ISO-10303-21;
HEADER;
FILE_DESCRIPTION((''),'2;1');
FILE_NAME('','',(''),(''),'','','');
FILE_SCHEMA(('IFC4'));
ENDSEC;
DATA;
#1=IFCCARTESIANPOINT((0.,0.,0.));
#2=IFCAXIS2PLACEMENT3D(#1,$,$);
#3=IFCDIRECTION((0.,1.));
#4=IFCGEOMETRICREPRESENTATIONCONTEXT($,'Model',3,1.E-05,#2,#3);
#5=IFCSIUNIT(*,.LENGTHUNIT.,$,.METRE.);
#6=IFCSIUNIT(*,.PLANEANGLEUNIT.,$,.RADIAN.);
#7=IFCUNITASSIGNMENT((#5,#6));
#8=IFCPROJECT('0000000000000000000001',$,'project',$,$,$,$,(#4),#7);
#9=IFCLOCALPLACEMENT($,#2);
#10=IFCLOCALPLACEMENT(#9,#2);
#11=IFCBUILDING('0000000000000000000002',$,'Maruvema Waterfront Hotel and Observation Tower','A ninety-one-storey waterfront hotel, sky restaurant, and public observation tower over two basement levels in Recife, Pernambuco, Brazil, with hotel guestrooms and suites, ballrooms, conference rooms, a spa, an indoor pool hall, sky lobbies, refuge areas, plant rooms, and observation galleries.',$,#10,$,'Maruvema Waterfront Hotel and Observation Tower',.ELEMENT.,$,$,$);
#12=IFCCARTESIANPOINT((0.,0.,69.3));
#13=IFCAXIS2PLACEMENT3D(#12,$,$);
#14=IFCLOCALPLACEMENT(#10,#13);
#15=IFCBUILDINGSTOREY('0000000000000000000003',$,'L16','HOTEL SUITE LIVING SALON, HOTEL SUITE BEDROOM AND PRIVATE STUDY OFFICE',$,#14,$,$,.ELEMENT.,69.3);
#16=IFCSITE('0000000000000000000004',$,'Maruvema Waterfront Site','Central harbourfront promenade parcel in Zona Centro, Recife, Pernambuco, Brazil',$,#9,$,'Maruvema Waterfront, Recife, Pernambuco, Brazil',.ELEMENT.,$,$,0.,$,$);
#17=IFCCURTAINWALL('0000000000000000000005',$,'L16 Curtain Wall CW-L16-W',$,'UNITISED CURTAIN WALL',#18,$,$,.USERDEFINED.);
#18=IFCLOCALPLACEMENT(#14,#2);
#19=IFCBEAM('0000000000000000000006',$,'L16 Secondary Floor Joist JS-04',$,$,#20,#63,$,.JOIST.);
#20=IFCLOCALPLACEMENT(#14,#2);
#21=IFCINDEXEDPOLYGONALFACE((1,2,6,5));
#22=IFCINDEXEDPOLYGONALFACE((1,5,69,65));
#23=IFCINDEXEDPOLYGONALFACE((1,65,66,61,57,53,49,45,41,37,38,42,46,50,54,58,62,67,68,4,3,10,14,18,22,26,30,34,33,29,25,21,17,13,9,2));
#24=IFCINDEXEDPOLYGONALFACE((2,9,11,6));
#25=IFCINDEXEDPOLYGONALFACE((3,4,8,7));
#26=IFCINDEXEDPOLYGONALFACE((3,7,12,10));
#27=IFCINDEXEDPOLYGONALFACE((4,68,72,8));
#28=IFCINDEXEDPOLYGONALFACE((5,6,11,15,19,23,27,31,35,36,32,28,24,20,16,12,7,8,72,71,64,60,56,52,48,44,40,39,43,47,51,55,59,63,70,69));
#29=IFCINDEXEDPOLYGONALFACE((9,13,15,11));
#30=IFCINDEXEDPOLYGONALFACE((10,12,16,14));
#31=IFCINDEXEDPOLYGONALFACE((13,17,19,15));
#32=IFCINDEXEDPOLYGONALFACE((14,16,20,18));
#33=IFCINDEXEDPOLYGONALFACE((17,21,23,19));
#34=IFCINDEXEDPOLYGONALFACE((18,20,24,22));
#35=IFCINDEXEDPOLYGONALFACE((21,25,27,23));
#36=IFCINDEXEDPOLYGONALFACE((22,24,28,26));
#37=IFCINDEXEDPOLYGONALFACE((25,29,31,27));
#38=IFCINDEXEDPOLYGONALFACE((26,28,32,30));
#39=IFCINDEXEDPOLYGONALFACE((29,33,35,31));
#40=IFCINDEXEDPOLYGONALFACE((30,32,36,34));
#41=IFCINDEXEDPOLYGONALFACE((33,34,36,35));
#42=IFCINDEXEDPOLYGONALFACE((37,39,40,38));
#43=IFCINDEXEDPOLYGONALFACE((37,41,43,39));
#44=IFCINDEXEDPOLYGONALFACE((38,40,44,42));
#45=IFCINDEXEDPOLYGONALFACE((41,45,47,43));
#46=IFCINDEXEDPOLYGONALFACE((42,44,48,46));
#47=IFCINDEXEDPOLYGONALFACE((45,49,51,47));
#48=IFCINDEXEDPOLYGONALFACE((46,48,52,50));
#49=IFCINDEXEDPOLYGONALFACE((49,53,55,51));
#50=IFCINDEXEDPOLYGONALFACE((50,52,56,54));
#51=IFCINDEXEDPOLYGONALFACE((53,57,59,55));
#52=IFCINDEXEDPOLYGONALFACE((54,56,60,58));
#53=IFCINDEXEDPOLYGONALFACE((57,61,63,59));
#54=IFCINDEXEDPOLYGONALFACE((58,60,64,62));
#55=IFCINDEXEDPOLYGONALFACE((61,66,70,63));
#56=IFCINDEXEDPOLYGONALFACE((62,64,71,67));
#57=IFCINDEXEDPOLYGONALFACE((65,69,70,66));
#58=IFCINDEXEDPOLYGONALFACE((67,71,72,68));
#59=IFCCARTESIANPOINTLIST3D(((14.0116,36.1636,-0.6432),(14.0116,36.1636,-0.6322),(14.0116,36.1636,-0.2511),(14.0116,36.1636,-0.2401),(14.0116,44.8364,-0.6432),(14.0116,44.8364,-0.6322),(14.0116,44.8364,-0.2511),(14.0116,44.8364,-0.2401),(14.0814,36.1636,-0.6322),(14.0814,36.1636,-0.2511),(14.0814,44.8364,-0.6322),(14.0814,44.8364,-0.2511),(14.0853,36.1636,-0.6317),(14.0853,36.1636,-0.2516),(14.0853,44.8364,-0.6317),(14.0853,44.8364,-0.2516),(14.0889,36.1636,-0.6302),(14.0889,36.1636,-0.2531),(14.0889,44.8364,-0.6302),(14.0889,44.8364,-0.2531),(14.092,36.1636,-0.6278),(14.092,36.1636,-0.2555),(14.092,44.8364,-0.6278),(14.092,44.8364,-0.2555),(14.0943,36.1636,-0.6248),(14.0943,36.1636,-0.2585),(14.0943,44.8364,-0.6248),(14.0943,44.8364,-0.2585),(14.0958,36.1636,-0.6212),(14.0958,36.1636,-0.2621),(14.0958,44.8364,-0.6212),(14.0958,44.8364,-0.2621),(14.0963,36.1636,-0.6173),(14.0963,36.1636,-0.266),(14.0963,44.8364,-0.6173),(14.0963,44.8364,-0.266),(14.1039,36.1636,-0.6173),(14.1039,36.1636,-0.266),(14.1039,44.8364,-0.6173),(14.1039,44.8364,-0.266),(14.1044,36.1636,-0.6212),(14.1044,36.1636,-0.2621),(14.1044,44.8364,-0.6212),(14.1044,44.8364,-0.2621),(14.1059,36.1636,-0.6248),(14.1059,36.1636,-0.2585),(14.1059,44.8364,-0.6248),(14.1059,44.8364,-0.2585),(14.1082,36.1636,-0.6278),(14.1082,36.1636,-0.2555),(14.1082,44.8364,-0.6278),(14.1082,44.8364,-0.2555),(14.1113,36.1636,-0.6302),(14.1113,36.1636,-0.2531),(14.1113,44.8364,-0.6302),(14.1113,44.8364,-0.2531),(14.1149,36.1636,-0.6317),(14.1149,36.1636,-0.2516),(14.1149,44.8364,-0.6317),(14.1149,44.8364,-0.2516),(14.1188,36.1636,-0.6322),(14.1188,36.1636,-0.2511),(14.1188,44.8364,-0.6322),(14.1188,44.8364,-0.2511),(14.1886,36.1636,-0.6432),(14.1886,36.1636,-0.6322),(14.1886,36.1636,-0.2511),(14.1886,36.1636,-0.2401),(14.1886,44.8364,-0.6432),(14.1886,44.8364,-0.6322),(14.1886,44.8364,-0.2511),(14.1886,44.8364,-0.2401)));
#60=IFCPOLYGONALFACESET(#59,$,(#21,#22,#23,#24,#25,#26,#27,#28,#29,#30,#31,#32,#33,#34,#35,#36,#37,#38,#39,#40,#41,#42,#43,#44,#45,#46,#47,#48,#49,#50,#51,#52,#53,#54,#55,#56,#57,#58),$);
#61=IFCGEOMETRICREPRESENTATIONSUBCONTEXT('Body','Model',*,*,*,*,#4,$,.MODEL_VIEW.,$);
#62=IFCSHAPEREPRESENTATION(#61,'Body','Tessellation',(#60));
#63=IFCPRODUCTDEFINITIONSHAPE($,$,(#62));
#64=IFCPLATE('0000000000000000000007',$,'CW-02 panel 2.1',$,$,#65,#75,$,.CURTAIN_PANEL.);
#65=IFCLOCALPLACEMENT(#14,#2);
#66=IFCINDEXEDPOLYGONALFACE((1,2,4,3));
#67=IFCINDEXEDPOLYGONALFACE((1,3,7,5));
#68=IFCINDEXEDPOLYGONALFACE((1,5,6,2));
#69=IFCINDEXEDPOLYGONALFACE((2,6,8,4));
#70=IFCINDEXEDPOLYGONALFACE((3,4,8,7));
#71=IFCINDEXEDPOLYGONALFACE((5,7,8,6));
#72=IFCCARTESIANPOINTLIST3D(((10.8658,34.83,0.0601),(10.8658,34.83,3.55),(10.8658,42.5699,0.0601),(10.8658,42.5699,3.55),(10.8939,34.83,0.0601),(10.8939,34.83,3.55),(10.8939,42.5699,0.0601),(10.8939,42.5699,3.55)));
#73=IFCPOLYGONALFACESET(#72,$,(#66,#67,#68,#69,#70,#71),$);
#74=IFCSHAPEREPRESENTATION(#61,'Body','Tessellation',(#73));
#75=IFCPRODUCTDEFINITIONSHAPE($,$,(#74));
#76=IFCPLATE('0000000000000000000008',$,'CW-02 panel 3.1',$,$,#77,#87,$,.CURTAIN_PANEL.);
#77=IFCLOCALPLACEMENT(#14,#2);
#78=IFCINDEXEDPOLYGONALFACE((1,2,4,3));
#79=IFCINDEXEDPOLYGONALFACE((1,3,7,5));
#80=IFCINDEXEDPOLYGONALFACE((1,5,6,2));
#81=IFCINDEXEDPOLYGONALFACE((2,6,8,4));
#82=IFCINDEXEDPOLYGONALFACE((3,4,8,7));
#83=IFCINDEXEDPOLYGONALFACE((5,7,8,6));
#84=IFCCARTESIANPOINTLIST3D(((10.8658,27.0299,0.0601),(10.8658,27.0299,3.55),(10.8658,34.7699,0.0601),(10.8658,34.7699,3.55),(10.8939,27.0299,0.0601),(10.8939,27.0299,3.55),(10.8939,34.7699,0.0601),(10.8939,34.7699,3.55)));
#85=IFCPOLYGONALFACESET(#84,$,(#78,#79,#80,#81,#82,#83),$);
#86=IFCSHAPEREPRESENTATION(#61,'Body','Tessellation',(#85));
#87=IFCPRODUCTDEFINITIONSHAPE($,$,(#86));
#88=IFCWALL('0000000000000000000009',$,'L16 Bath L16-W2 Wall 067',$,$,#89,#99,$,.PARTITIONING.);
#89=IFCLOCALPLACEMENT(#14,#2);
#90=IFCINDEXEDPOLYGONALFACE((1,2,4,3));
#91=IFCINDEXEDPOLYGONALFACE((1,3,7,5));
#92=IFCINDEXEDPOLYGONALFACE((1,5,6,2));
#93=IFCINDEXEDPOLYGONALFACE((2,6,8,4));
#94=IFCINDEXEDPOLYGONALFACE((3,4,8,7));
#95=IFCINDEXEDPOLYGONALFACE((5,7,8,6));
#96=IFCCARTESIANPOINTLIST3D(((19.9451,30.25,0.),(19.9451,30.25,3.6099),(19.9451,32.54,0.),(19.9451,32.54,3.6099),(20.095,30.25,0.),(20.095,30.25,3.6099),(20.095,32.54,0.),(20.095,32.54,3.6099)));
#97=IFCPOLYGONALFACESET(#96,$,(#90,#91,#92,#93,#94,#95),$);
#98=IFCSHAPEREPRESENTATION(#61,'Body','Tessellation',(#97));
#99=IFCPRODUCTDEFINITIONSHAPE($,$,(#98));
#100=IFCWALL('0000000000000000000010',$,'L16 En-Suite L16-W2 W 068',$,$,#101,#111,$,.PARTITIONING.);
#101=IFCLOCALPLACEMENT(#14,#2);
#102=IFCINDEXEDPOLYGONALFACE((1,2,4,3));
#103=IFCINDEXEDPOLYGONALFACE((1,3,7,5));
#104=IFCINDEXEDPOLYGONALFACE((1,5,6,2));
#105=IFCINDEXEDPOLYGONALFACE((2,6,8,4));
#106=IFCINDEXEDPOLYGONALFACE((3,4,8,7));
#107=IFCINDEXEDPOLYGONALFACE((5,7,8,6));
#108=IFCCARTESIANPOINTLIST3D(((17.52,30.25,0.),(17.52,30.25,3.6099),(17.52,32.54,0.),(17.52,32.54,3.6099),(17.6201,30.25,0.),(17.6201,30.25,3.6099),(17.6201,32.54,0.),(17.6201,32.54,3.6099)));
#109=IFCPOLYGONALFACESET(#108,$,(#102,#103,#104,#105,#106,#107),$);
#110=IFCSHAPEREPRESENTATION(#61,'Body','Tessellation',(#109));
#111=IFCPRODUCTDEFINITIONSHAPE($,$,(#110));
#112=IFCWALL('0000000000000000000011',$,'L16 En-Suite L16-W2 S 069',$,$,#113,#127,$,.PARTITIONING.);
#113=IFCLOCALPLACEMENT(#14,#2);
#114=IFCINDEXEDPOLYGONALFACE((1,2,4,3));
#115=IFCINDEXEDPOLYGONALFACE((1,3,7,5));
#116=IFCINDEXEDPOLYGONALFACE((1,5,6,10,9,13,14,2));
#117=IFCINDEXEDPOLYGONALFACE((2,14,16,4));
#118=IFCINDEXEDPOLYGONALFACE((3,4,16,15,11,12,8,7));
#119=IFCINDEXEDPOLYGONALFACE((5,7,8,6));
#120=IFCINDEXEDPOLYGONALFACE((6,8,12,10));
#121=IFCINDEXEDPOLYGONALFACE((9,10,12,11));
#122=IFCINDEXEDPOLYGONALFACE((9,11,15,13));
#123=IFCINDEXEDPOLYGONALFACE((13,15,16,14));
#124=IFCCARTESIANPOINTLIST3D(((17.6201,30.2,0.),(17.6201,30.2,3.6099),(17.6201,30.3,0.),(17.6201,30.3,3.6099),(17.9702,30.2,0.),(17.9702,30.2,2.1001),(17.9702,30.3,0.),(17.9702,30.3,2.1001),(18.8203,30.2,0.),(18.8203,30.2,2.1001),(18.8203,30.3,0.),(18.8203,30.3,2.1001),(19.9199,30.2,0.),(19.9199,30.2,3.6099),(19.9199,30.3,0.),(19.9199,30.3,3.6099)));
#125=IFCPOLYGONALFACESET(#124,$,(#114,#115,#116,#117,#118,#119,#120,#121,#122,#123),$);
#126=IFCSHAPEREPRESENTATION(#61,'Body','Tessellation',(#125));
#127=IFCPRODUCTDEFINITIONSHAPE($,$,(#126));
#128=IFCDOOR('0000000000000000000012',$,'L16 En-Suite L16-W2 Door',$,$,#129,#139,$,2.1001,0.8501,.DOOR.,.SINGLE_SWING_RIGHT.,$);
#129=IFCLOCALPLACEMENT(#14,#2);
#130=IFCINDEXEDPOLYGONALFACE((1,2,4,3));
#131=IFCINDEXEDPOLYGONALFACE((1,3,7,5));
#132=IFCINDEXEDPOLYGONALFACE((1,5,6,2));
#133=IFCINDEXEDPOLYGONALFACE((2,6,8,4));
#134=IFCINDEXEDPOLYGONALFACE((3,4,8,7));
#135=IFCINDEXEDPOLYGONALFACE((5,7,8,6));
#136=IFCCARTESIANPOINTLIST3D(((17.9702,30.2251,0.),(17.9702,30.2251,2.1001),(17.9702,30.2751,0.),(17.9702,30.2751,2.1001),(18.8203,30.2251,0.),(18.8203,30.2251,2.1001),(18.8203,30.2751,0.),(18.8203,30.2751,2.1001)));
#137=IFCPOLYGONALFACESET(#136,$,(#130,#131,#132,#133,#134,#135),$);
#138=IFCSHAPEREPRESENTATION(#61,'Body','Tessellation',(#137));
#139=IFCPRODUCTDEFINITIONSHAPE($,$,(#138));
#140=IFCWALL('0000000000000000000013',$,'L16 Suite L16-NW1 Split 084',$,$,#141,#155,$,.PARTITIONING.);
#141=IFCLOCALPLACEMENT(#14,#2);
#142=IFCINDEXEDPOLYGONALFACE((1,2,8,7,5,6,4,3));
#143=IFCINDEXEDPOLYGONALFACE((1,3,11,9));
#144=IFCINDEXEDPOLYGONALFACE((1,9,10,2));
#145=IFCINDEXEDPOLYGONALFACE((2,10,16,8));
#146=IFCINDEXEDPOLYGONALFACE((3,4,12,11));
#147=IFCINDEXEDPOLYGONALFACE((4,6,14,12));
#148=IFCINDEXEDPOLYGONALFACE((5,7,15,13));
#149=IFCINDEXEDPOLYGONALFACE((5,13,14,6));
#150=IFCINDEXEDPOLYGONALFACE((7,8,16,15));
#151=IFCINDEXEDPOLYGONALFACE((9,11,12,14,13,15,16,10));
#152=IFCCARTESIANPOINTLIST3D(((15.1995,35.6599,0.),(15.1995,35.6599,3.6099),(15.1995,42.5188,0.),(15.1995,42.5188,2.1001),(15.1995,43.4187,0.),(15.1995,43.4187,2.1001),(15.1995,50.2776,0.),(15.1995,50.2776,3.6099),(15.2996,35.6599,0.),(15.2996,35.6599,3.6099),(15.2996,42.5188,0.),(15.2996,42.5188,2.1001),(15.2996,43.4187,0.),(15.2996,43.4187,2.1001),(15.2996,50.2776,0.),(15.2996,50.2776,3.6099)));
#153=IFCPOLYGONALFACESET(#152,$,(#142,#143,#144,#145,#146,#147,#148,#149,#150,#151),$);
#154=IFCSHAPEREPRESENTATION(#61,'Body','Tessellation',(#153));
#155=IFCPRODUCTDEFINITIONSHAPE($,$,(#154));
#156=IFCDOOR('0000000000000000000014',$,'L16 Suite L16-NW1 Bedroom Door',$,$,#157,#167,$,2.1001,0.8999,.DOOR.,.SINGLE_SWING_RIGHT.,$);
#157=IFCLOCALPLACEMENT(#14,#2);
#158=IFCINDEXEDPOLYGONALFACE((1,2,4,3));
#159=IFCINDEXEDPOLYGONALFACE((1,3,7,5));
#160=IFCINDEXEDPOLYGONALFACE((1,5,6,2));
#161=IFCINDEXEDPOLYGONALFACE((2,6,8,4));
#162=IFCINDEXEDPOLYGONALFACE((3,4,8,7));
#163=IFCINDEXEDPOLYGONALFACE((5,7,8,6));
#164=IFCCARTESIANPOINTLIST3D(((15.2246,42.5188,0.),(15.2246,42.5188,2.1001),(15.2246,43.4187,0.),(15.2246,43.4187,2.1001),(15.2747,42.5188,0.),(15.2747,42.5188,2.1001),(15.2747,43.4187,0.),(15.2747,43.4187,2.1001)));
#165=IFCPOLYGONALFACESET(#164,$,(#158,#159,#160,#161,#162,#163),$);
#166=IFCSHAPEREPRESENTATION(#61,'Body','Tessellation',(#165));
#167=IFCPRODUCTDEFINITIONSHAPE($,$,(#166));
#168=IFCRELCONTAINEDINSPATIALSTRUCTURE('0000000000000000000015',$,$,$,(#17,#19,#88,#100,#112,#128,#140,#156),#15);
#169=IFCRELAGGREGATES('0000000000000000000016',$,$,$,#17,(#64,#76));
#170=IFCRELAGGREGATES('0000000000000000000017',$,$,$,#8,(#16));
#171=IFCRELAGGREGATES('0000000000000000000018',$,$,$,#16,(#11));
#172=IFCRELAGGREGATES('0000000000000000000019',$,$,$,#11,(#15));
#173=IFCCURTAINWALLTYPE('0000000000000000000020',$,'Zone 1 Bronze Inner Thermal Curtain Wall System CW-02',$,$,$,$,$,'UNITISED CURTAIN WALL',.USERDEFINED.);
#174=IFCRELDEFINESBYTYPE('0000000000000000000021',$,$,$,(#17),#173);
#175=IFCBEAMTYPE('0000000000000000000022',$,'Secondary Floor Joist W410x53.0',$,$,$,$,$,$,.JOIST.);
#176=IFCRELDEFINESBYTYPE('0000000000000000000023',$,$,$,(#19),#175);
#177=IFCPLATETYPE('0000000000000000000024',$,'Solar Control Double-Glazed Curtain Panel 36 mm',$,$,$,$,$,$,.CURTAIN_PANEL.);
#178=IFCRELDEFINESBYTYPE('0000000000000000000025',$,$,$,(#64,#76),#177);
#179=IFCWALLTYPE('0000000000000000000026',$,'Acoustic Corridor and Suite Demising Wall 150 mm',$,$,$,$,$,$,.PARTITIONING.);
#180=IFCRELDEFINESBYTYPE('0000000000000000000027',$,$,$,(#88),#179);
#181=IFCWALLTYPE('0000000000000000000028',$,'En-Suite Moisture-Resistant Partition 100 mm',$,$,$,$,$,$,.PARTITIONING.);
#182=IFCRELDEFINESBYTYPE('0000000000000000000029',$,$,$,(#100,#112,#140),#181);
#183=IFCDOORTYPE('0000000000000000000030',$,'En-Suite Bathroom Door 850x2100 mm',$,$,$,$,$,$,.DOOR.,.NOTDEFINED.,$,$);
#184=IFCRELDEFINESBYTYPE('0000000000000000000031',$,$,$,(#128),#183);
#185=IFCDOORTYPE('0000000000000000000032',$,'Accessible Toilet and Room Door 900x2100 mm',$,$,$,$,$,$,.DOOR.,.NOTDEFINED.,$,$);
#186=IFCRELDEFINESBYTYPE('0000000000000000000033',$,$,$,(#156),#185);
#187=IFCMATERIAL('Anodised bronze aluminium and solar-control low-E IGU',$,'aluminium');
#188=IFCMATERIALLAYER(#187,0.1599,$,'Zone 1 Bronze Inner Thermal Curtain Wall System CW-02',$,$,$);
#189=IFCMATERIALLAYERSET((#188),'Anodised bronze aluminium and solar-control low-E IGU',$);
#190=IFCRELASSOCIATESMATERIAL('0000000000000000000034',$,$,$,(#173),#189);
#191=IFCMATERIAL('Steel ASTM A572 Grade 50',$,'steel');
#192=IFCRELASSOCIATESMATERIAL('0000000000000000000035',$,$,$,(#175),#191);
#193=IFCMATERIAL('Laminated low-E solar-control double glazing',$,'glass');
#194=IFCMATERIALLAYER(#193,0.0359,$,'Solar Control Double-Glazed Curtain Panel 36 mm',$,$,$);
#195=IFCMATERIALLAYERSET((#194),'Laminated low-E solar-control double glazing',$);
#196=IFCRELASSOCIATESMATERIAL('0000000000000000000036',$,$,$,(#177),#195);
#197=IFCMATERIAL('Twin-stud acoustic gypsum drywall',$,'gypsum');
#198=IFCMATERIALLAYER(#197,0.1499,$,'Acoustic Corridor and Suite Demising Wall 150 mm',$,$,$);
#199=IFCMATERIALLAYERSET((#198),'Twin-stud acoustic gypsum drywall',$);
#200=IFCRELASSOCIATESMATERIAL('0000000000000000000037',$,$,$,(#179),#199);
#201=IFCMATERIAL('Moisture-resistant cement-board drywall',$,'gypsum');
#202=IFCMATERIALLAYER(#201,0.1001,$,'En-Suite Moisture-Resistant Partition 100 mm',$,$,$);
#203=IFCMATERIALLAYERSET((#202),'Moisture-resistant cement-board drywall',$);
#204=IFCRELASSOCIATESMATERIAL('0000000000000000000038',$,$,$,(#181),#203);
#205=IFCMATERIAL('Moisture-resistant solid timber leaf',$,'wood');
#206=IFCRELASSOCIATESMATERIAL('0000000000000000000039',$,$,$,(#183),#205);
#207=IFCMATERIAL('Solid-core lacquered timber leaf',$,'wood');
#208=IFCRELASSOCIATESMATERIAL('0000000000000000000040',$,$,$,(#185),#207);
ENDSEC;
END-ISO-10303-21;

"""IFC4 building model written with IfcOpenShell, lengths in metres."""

from ifc_helpers import new_model, si_unit, direction, frame, frame_2d, origin, origin_2d, place, context, subcontext, project, spatial, rectangle, i_section, extrude, material, layer, layer_set, material_profile, profile_set, type_object, element, fill, aggregate, save


model = new_model("IFC4")

# Units and contexts
model_context = context("Model", 3, precision=1e-05, world=origin(), true_north=direction((0.0, 1.0)))
body_context = subcontext(model_context, "Body", "Model", "MODEL_VIEW")
ifc_project = project(units=[si_unit("LENGTHUNIT", "METRE"), si_unit("PLANEANGLEUNIT", "RADIAN")], contexts=[model_context])

# Site, building, storey
site_placement = place(None, origin())
site = spatial("IfcSite", under=ifc_project, at=site_placement, Name="Maruvema Waterfront Site", Description="Central harbourfront promenade parcel in Zona Centro, Recife, Pernambuco, Brazil", LongName="Maruvema Waterfront, Recife, Pernambuco, Brazil", CompositionType="ELEMENT", RefElevation=0.0)
building_placement = place(site_placement, origin())
building = spatial("IfcBuilding", under=site, at=building_placement, Name="Maruvema Waterfront Hotel and Observation Tower", Description="A ninety-one-storey waterfront hotel, sky restaurant, and public observation tower over two basement levels in Recife, Pernambuco, Brazil, with hotel guestrooms and suites, ballrooms, conference rooms, a spa, an indoor pool hall, sky lobbies, refuge areas, plant rooms, and observation galleries.", LongName="Maruvema Waterfront Hotel and Observation Tower", CompositionType="ELEMENT")
storey_placement = place(building_placement, frame((0.0, 0.0, 69.3)))
storey = spatial("IfcBuildingStorey", under=building, at=storey_placement, Name="L16", Description="HOTEL SUITE LIVING SALON, HOTEL SUITE BEDROOM AND PRIVATE STUDY OFFICE", CompositionType="ELEMENT", Elevation=69.3)

# Curtain wall
ifc_material_1 = material(Name="Anodised bronze aluminium and solar-control low-E IGU", Category="aluminium")
ifc_layer_1 = layer(ifc_material_1, 0.1599, Name="Zone 1 Bronze Inner Thermal Curtain Wall System CW-02")
ifc_layer_set_1 = layer_set([ifc_layer_1], Name="Anodised bronze aluminium and solar-control low-E IGU")
curtain_wall_type = type_object("IfcCurtainWallType", Name="Zone 1 Bronze Inner Thermal Curtain Wall System CW-02", ElementType="UNITISED CURTAIN WALL", PredefinedType="USERDEFINED", material=ifc_layer_set_1)
curtain_wall_placement = place(storey_placement, origin())
curtain_wall = element("IfcCurtainWall", 1, at=curtain_wall_placement, inside=storey, type_object=curtain_wall_type, Name="L16 Curtain Wall CW-L16-W", ObjectType="UNITISED CURTAIN WALL", PredefinedType="USERDEFINED")

# Beam
ifc_material_2 = material(Name="Steel ASTM A572 Grade 50", Category="steel")
ifc_material_profile_1 = material_profile(ifc_material_2, i_section(OverallWidth=0.177, OverallDepth=0.4031, WebThickness=0.0076, FlangeThickness=0.011, FilletRadius=0.0149, at=origin_2d()), Name="W410x53.0")
ifc_profile_set_1 = profile_set([ifc_material_profile_1], Name="Steel ASTM A572 Grade 50")
beam_type_1 = type_object("IfcBeamType", Name="Secondary Floor Joist W410x53.0", PredefinedType="JOIST", material=ifc_profile_set_1)
beam_1_placement = place(storey_placement, frame((14.1001, 36.1636, -0.4417), z_axis=(0.0, 1.0, 0.0), x_axis=(-1.0, 0.0, 0.0)))
element("IfcBeam", 2, at=beam_1_placement, inside=storey, type_object=beam_type_1, Name="L16 Secondary Floor Joist JS-04", PredefinedType="JOIST", context=body_context, shape_type="SweptSolid", body=[
    extrude(i_section(OverallWidth=0.177, OverallDepth=0.4031, WebThickness=0.0076, FlangeThickness=0.011, FilletRadius=0.0149, at=origin_2d()), origin(), (0.0, 0.0, 1.0), 8.6729),
])

# Plates
ifc_material_3 = material(Name="Laminated low-E solar-control double glazing", Category="glass")
ifc_layer_2 = layer(ifc_material_3, 0.0359, Name="Solar Control Double-Glazed Curtain Panel 36 mm")
ifc_layer_set_2 = layer_set([ifc_layer_2], Name="Laminated low-E solar-control double glazing")
plate_type = type_object("IfcPlateType", Name="Solar Control Double-Glazed Curtain Panel 36 mm", PredefinedType="CURTAIN_PANEL", material=ifc_layer_set_2)
plate_1_placement = place(storey_placement, frame((10.8799, 38.7, 0.0601), z_axis=(0.0, 0.0, 1.0), x_axis=(0.0, -1.0, 0.0)))
plate_1 = element("IfcPlate", 3, at=plate_1_placement, type_object=plate_type, Name="CW-02 panel 2.1", PredefinedType="CURTAIN_PANEL", context=body_context, shape_type="SweptSolid", body=[
    extrude(rectangle(XDim=7.74, YDim=0.0281, at=origin_2d()), origin(), (0.0, 0.0, 1.0), 3.49),
])
plate_2_placement = place(storey_placement, frame((10.8799, 30.8999, 0.0601), z_axis=(0.0, 0.0, 1.0), x_axis=(0.0, -1.0, 0.0)))
plate_2 = element("IfcPlate", 4, at=plate_2_placement, type_object=plate_type, Name="CW-02 panel 3.1", PredefinedType="CURTAIN_PANEL", context=body_context, shape_type="SweptSolid", body=[
    extrude(rectangle(XDim=7.74, YDim=0.0281, at=origin_2d()), origin(), (0.0, 0.0, 1.0), 3.49),
])
aggregate(curtain_wall, [plate_1, plate_2])

# Walls
ifc_material_4 = material(Name="Twin-stud acoustic gypsum drywall", Category="gypsum")
ifc_layer_3 = layer(ifc_material_4, 0.1499, Name="Acoustic Corridor and Suite Demising Wall 150 mm")
ifc_layer_set_3 = layer_set([ifc_layer_3], Name="Twin-stud acoustic gypsum drywall")
wall_type_1 = type_object("IfcWallType", Name="Acoustic Corridor and Suite Demising Wall 150 mm", PredefinedType="PARTITIONING", material=ifc_layer_set_3)
wall_1_placement = place(storey_placement, frame((20.02, 30.25, 0.0), z_axis=(0.0, 0.0, 1.0), x_axis=(0.0, 1.0, 0.0)))
element("IfcWall", 5, at=wall_1_placement, inside=storey, type_object=wall_type_1, Name="L16 Bath L16-W2 Wall 067", PredefinedType="PARTITIONING", context=body_context, shape_type="SweptSolid", body=[
    extrude(rectangle(XDim=2.29, YDim=0.1499, at=frame_2d((1.145, 0.0))), origin(), (0.0, 0.0, 1.0), 3.6099),
])
ifc_material_5 = material(Name="Moisture-resistant cement-board drywall", Category="gypsum")
ifc_layer_4 = layer(ifc_material_5, 0.1001, Name="En-Suite Moisture-Resistant Partition 100 mm")
ifc_layer_set_4 = layer_set([ifc_layer_4], Name="Moisture-resistant cement-board drywall")
wall_type_2 = type_object("IfcWallType", Name="En-Suite Moisture-Resistant Partition 100 mm", PredefinedType="PARTITIONING", material=ifc_layer_set_4)
wall_2_placement = place(storey_placement, frame((17.5701, 30.25, 0.0), z_axis=(0.0, 0.0, 1.0), x_axis=(0.0, 1.0, 0.0)))
element("IfcWall", 6, at=wall_2_placement, inside=storey, type_object=wall_type_2, Name="L16 En-Suite L16-W2 W 068", PredefinedType="PARTITIONING", context=body_context, shape_type="SweptSolid", body=[
    extrude(rectangle(XDim=2.29, YDim=0.1001, at=frame_2d((1.145, 0.0))), origin(), (0.0, 0.0, 1.0), 3.6099),
])

# Walls, openings, doors
wall_3_placement = place(storey_placement, frame((17.6201, 30.25, 0.0), z_axis=(0.0, 0.0, 1.0), x_axis=(1.0, 0.0, 0.0)))
wall_3 = element("IfcWall", 7, at=wall_3_placement, inside=storey, type_object=wall_type_2, Name="L16 En-Suite L16-W2 S 069", PredefinedType="PARTITIONING", context=body_context, shape_type="SweptSolid", body=[
    extrude(rectangle(XDim=2.2998, YDim=0.1001, at=frame_2d((1.1499, 0.0))), origin(), (0.0, 0.0, 1.0), 3.6099),
])
opening_1_placement = place(wall_3_placement, frame((0.3501, 0.0, 0.0)))
opening_1 = element("IfcOpeningElement", 8, at=opening_1_placement, cuts=wall_3, PredefinedType="OPENING", context=body_context, shape_type="SweptSolid", body=[
    extrude(rectangle(XDim=0.8501, YDim=2.1001, at=frame_2d((0.425, 1.05))), frame((0.0, 0.0601, 0.0), z_axis=(0.0, -1.0, 0.0), x_axis=(1.0, 0.0, 0.0)), (0.0, 0.0, 1.0), 0.1201),
])
ifc_material_6 = material(Name="Moisture-resistant solid timber leaf", Category="wood")
door_type_1 = type_object("IfcDoorType", Name="En-Suite Bathroom Door 850x2100 mm", OperationType="NOTDEFINED", PredefinedType="DOOR", material=ifc_material_6)
door_1_placement = place(opening_1_placement, frame((0.8501, 0.0, 0.0), z_axis=(0.0, 0.0, 1.0), x_axis=(-1.0, 0.0, 0.0)))
door_1 = element("IfcDoor", 9, at=door_1_placement, inside=storey, type_object=door_type_1, Name="L16 En-Suite L16-W2 Door", OperationType="SINGLE_SWING_RIGHT", OverallHeight=2.1001, OverallWidth=0.8501, PredefinedType="DOOR", context=body_context, shape_type="SweptSolid", body=[
    extrude(rectangle(XDim=0.8501, YDim=2.1001, at=frame_2d((0.425, 1.05))), frame((0.0, 0.0249, 0.0), z_axis=(0.0, -1.0, 0.0), x_axis=(1.0, 0.0, 0.0)), (0.0, 0.0, 1.0), 0.05),
])
fill(opening_1, door_1)
wall_4_placement = place(storey_placement, frame((15.2495, 35.6599, 0.0), z_axis=(0.0, 0.0, 1.0), x_axis=(0.0, 1.0, 0.0)))
wall_4 = element("IfcWall", 10, at=wall_4_placement, inside=storey, type_object=wall_type_2, Name="L16 Suite L16-NW1 Split 084", PredefinedType="PARTITIONING", context=body_context, shape_type="SweptSolid", body=[
    extrude(rectangle(XDim=14.6177, YDim=0.1001, at=frame_2d((7.3088, 0.0))), origin(), (0.0, 0.0, 1.0), 3.6099),
])
opening_2_placement = place(wall_4_placement, frame((6.8589, 0.0, 0.0)))
opening_2 = element("IfcOpeningElement", 11, at=opening_2_placement, cuts=wall_4, PredefinedType="OPENING", context=body_context, shape_type="SweptSolid", body=[
    extrude(rectangle(XDim=0.8999, YDim=2.1001, at=frame_2d((0.45, 1.05))), frame((0.0, 0.0601, 0.0), z_axis=(0.0, -1.0, 0.0), x_axis=(1.0, 0.0, 0.0)), (0.0, 0.0, 1.0), 0.1201),
])
ifc_material_7 = material(Name="Solid-core lacquered timber leaf", Category="wood")
door_type_2 = type_object("IfcDoorType", Name="Accessible Toilet and Room Door 900x2100 mm", OperationType="NOTDEFINED", PredefinedType="DOOR", material=ifc_material_7)
door_2_placement = place(opening_2_placement, origin())
door_2 = element("IfcDoor", 12, at=door_2_placement, inside=storey, type_object=door_type_2, Name="L16 Suite L16-NW1 Bedroom Door", OperationType="SINGLE_SWING_RIGHT", OverallHeight=2.1001, OverallWidth=0.8999, PredefinedType="DOOR", context=body_context, shape_type="SweptSolid", body=[
    extrude(rectangle(XDim=0.8999, YDim=2.1001, at=frame_2d((0.45, 1.05))), frame((0.0, 0.0249, 0.0), z_axis=(0.0, -1.0, 0.0), x_axis=(1.0, 0.0, 0.0)), (0.0, 0.0, 1.0), 0.05),
])
fill(opening_2, door_2)

save(model, "model.ifc")
